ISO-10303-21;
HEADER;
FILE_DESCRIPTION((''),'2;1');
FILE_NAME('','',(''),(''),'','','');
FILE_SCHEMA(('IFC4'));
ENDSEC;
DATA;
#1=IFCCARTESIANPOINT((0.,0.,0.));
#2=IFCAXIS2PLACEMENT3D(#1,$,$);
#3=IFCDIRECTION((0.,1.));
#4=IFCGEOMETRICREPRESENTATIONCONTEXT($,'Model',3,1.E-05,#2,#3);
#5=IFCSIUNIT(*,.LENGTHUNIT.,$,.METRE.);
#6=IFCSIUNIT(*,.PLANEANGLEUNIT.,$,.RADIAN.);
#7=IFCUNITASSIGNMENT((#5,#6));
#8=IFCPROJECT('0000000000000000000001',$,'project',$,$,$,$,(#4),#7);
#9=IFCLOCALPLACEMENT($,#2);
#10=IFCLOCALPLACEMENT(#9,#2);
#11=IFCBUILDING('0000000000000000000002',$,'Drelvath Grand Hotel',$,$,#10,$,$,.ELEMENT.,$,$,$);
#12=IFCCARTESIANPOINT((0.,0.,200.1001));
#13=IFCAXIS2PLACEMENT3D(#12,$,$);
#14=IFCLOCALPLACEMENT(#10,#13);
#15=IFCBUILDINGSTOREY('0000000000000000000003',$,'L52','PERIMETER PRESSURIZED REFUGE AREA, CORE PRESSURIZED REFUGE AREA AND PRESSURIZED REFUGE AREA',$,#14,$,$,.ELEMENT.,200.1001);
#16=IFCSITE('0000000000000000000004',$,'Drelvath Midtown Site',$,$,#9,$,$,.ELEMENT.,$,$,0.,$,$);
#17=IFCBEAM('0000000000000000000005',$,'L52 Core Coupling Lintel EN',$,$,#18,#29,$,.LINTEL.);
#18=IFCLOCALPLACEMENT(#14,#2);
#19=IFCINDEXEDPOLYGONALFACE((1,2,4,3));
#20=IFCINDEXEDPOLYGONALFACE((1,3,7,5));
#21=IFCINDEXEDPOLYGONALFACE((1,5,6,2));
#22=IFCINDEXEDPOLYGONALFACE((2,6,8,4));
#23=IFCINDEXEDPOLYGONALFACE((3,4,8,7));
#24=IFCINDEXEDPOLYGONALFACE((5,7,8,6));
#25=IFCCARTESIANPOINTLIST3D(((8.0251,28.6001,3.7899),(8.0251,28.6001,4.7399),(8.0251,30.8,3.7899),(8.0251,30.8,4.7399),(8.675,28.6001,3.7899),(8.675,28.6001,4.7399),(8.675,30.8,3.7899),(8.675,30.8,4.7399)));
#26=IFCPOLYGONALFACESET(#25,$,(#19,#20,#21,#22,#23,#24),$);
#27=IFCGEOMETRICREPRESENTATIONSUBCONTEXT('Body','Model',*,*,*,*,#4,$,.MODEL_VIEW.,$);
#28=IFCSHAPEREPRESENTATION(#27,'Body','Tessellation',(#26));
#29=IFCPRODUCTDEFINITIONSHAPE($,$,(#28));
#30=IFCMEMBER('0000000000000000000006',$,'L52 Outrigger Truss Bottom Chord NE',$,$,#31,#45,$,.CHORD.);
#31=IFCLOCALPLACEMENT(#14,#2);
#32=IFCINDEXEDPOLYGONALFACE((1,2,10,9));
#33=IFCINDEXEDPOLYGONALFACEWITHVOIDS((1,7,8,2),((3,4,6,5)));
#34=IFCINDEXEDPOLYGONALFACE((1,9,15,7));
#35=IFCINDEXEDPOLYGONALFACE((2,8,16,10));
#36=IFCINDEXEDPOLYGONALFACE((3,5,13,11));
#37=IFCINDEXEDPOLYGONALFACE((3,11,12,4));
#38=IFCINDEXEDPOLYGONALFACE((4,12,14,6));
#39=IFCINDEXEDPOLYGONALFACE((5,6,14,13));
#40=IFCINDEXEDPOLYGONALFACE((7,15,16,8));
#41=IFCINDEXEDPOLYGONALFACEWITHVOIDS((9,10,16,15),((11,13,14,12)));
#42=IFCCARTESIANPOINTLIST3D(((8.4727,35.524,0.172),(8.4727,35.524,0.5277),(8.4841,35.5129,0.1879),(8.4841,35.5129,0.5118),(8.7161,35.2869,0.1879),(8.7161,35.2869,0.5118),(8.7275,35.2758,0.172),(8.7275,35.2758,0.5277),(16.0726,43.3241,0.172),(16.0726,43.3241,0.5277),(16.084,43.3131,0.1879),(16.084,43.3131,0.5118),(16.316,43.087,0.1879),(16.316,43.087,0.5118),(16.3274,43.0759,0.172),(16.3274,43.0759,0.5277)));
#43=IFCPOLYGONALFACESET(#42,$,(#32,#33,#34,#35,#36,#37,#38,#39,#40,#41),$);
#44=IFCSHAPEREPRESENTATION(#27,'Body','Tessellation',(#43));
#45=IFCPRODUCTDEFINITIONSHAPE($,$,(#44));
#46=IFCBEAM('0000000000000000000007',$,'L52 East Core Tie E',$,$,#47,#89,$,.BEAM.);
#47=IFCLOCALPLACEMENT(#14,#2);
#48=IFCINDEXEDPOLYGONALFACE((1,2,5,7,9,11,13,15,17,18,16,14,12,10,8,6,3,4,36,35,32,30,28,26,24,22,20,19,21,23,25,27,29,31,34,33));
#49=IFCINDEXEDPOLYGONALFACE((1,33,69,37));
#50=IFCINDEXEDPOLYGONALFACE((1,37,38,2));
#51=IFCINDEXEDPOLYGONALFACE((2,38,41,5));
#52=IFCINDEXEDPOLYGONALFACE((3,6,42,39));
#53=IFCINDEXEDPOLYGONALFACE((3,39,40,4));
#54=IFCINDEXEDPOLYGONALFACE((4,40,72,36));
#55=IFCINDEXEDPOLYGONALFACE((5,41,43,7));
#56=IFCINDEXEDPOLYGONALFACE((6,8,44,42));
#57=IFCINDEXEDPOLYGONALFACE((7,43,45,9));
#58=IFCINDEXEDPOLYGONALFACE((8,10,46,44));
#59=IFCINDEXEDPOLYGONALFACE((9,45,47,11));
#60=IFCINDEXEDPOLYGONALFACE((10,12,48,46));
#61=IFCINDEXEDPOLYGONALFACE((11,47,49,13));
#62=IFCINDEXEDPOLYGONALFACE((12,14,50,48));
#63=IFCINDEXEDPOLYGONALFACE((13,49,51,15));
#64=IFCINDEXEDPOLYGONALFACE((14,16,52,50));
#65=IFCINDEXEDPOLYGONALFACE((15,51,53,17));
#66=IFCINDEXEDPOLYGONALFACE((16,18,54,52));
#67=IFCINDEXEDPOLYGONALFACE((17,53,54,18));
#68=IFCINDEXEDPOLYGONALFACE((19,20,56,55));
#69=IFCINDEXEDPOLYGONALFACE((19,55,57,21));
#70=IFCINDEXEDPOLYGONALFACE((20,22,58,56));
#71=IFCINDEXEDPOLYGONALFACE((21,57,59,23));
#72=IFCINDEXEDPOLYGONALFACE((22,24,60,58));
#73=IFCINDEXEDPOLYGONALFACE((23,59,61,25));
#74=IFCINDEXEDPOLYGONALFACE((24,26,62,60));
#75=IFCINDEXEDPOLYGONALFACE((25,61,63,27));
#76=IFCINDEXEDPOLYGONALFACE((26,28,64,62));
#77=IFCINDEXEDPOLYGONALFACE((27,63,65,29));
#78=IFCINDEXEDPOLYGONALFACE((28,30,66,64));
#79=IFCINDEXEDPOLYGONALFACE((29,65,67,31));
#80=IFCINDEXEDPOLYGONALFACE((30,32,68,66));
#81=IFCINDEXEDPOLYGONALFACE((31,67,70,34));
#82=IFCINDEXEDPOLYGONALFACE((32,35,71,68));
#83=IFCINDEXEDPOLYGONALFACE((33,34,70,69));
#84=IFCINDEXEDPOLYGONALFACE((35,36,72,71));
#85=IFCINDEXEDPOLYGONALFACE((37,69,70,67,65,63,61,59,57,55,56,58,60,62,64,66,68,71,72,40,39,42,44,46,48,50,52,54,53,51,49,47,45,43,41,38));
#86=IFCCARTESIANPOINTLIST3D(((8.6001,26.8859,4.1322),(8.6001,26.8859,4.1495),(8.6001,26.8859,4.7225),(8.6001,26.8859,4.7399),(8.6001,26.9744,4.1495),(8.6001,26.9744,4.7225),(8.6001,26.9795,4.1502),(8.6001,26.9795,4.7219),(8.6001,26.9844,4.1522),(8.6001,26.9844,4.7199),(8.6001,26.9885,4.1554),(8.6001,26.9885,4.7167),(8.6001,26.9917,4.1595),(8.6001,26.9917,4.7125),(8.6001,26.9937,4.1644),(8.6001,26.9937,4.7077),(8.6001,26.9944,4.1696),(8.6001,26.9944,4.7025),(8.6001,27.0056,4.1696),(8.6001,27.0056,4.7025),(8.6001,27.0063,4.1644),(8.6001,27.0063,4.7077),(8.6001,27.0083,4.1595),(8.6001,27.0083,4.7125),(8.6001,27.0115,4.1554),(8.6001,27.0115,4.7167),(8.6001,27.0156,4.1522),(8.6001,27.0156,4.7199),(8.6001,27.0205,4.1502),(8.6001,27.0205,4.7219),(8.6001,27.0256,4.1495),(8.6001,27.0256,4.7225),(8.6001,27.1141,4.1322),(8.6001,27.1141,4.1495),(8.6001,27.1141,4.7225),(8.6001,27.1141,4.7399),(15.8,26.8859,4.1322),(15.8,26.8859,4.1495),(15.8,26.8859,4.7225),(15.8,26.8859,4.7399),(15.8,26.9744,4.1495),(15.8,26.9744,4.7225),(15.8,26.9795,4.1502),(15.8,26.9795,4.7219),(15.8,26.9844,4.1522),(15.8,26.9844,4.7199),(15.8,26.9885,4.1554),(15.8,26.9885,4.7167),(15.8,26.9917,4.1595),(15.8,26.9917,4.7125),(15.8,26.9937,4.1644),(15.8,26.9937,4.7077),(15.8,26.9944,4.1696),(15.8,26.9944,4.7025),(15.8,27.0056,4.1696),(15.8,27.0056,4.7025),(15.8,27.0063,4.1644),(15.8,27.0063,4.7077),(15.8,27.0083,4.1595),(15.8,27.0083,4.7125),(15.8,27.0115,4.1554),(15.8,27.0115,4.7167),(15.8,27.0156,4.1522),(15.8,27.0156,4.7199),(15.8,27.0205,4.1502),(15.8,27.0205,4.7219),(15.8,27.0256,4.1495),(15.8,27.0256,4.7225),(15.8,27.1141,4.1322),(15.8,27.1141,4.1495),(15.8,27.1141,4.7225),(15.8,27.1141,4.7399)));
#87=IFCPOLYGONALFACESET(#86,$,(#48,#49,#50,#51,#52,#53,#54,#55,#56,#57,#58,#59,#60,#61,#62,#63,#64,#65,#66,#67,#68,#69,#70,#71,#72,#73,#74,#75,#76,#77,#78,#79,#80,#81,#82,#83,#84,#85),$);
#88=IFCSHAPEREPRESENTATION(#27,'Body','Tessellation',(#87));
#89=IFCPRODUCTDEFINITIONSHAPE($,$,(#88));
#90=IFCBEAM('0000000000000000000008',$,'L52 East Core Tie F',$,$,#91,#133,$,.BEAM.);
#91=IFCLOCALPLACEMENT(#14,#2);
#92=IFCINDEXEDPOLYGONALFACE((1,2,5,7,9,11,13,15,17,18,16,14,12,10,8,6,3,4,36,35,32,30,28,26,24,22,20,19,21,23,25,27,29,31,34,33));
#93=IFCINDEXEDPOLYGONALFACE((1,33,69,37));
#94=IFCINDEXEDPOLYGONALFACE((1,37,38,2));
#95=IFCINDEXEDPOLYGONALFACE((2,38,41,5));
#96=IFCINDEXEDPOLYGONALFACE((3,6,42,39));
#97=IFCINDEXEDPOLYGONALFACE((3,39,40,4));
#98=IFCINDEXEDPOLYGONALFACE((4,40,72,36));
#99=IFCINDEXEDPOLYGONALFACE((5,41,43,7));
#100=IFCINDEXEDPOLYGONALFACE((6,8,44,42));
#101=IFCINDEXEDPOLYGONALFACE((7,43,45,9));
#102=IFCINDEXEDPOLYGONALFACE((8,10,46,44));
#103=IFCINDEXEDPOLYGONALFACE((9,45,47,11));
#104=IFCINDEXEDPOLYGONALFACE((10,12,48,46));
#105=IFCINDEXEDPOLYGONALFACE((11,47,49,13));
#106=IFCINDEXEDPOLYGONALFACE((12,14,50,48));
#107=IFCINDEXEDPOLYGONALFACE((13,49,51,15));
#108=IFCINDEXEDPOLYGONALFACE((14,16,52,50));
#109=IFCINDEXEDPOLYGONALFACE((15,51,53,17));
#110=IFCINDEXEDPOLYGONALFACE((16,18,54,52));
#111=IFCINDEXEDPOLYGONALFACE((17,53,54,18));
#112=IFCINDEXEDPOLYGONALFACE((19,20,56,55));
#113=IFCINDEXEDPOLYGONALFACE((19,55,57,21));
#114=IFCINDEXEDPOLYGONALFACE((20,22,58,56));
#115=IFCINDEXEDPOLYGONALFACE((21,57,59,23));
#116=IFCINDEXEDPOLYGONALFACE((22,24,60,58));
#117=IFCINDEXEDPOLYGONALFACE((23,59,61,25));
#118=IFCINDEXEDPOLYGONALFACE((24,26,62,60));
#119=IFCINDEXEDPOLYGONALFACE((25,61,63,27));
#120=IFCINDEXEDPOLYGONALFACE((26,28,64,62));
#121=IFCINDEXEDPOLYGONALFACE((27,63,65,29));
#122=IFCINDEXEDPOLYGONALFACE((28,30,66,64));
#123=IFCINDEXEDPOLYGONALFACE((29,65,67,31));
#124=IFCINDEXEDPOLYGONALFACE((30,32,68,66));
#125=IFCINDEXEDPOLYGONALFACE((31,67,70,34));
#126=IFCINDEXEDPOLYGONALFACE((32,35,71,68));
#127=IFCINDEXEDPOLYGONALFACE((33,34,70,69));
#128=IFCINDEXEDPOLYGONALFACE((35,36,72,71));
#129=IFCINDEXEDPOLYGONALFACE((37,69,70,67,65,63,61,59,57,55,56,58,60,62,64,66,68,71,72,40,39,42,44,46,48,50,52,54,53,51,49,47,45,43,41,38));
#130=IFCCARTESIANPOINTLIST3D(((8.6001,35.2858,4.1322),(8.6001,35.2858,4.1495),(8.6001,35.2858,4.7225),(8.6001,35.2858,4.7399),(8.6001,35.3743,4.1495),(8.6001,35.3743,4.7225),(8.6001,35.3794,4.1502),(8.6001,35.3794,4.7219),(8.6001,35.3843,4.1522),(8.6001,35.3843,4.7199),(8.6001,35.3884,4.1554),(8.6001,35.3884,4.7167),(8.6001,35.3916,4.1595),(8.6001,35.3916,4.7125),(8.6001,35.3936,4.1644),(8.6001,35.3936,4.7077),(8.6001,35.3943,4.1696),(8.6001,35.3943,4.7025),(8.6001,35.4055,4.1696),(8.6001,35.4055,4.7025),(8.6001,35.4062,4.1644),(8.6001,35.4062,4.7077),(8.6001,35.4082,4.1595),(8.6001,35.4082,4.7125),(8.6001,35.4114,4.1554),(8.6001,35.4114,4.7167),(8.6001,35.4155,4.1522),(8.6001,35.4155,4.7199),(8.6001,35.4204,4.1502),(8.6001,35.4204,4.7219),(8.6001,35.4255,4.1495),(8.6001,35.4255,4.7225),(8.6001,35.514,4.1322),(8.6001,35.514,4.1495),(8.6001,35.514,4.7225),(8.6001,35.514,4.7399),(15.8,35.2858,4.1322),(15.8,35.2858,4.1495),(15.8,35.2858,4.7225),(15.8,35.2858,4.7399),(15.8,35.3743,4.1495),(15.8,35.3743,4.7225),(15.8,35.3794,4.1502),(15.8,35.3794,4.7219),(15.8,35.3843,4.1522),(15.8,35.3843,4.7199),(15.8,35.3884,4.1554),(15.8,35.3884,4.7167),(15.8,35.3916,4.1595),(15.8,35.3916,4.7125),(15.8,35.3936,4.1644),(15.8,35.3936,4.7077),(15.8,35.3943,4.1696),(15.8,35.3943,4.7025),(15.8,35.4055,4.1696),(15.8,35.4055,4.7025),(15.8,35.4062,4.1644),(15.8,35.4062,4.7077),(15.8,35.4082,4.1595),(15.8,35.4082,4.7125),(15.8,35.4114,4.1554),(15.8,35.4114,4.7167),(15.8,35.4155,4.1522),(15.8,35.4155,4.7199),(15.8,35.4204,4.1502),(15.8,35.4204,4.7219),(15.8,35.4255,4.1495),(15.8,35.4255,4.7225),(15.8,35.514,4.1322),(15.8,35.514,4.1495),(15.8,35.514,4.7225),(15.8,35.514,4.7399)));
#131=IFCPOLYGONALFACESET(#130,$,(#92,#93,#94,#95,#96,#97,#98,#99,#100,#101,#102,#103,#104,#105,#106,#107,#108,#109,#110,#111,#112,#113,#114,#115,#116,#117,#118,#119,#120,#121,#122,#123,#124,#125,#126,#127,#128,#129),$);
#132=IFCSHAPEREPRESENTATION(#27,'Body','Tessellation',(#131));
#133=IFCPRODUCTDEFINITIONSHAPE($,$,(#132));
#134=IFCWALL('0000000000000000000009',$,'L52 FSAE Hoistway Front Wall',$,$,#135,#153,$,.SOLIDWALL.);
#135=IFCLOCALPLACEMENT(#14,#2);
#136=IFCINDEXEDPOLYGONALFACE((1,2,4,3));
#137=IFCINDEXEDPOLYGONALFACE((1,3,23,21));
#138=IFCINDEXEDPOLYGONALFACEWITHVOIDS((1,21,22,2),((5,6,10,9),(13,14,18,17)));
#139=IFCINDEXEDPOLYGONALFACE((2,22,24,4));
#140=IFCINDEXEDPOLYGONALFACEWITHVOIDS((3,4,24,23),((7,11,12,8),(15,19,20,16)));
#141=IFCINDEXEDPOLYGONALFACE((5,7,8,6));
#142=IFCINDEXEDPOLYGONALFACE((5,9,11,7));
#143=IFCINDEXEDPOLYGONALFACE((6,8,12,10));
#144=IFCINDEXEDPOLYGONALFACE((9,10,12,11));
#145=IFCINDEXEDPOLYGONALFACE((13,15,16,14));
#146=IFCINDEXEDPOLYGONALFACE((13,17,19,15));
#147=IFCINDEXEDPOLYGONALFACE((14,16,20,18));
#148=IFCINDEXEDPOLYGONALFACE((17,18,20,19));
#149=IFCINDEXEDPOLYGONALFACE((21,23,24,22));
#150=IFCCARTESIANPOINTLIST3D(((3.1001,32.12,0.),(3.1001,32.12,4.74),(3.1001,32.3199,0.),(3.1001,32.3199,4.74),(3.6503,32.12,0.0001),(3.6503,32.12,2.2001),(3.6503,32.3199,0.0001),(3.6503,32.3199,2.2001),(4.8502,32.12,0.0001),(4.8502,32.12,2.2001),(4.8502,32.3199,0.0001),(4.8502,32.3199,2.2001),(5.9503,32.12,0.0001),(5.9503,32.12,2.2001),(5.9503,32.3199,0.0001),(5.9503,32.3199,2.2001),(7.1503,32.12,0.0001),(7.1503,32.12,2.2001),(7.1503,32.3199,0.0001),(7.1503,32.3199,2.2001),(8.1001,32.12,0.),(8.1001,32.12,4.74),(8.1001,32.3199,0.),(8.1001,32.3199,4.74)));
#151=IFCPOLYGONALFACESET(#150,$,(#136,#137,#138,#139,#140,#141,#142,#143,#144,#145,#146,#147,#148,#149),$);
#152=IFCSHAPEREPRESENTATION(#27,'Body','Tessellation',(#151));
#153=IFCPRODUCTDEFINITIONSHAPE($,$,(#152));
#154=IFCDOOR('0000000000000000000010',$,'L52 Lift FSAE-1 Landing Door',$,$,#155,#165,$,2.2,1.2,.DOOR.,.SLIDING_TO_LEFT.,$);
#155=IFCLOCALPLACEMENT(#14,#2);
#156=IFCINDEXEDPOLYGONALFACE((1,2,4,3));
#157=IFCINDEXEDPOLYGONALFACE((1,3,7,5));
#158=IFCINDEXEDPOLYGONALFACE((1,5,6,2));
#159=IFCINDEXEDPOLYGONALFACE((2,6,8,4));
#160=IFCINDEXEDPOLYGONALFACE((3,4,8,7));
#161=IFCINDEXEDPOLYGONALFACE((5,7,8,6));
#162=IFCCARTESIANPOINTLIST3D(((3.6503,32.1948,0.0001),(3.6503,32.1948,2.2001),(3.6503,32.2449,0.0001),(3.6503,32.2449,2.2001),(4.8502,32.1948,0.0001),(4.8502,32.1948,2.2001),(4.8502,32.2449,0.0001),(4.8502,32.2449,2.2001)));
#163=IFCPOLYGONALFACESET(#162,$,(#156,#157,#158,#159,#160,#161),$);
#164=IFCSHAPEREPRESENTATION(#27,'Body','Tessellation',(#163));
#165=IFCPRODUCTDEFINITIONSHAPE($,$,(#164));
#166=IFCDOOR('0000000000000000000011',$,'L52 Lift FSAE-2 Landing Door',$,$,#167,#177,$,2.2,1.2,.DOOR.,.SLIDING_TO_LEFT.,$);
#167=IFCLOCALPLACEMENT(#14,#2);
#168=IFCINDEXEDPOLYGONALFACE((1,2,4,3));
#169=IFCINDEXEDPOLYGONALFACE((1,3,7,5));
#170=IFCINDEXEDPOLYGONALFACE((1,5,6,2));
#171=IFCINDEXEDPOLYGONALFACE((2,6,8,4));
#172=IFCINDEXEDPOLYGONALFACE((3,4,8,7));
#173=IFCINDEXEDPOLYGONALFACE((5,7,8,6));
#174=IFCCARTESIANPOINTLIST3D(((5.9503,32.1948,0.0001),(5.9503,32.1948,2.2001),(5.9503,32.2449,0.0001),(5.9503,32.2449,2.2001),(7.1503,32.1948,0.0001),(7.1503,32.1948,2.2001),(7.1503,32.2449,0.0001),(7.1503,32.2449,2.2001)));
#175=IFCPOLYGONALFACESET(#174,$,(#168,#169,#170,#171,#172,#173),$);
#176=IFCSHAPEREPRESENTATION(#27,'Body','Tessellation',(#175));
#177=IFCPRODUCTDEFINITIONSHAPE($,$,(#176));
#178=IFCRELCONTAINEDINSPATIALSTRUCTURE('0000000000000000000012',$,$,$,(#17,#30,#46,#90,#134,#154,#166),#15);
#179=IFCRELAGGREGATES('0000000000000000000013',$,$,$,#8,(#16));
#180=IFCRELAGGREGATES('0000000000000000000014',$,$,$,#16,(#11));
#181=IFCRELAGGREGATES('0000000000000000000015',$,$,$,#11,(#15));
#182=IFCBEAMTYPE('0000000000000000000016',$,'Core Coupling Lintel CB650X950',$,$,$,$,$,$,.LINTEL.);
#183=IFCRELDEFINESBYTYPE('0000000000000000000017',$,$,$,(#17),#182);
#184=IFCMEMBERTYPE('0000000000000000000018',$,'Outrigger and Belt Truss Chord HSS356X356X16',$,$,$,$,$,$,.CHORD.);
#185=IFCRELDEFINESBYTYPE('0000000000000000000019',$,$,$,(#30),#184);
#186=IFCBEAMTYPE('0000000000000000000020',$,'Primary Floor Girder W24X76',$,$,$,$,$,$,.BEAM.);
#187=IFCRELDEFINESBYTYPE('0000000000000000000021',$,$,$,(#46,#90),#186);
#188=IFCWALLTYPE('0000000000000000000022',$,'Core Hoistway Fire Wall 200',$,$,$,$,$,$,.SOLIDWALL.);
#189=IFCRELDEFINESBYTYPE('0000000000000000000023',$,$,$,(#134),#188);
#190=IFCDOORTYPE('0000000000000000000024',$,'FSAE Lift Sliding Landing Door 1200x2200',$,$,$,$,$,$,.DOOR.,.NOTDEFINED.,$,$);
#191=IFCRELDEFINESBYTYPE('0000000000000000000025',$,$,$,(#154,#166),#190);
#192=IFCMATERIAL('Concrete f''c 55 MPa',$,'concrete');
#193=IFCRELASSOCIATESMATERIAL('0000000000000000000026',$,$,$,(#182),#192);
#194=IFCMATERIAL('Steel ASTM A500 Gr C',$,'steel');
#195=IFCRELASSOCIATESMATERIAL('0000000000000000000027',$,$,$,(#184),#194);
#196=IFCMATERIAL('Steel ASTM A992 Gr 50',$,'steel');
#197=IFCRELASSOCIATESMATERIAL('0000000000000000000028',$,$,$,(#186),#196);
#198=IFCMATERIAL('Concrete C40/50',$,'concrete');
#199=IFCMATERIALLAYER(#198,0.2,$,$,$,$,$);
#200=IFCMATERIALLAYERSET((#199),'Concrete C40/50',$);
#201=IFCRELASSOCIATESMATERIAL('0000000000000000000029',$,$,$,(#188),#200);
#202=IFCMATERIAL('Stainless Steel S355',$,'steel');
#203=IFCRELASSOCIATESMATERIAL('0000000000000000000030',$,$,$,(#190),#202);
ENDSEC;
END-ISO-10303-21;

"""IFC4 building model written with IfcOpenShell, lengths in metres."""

from ifc_helpers import new_model, si_unit, direction, frame, frame_2d, origin, origin_2d, place, context, subcontext, project, spatial, rectangle, hollow_rectangle, i_section, extrude, material, layer, layer_set, material_profile, profile_set, type_object, element, fill, save


model = new_model("IFC4")

# Units and contexts
model_context = context("Model", 3, precision=1e-05, world=origin(), true_north=direction((0.0, 1.0)))
body_context = subcontext(model_context, "Body", "Model", "MODEL_VIEW")
ifc_project = project(units=[si_unit("LENGTHUNIT", "METRE"), si_unit("PLANEANGLEUNIT", "RADIAN")], contexts=[model_context])

# Site, building, storey
site_placement = place(None, origin())
site = spatial("IfcSite", under=ifc_project, at=site_placement, Name="Drelvath Midtown Site", CompositionType="ELEMENT", RefElevation=0.0)
building_placement = place(site_placement, origin())
building = spatial("IfcBuilding", under=site, at=building_placement, Name="Drelvath Grand Hotel", CompositionType="ELEMENT")
storey_placement = place(building_placement, frame((0.0, 0.0, 200.1001)))
storey = spatial("IfcBuildingStorey", under=building, at=storey_placement, Name="L52", Description="PERIMETER PRESSURIZED REFUGE AREA, CORE PRESSURIZED REFUGE AREA AND PRESSURIZED REFUGE AREA", CompositionType="ELEMENT", Elevation=200.1001)

# Beam
ifc_material_1 = material(Name="Concrete f'c 55 MPa", Category="concrete")
ifc_material_profile_1 = material_profile(ifc_material_1, rectangle(XDim=0.6499, YDim=0.95, at=origin_2d()), Name="CB650X950")
ifc_profile_set_1 = profile_set([ifc_material_profile_1], Name="Concrete f'c 55 MPa")
beam_type_1 = type_object("IfcBeamType", Name="Core Coupling Lintel CB650X950", PredefinedType="LINTEL", material=ifc_profile_set_1)
beam_placement = place(storey_placement, frame((8.3501, 28.6001, 4.2649), z_axis=(0.0, 1.0, 0.0), x_axis=(-1.0, 0.0, 0.0)))
element("IfcBeam", 1, at=beam_placement, inside=storey, type_object=beam_type_1, Name="L52 Core Coupling Lintel EN", PredefinedType="LINTEL", context=body_context, shape_type="SweptSolid", body=[
    extrude(rectangle(XDim=0.6499, YDim=0.95, at=origin_2d()), origin(), (0.0, 0.0, 1.0), 2.2),
])

# Member
ifc_material_2 = material(Name="Steel ASTM A500 Gr C", Category="steel")
ifc_material_profile_2 = material_profile(ifc_material_2, hollow_rectangle(XDim=0.3557, YDim=0.3557, WallThickness=0.0159, at=origin_2d()), Name="HSS356X356X16")
ifc_profile_set_2 = profile_set([ifc_material_profile_2], Name="Steel ASTM A500 Gr C")
member_type = type_object("IfcMemberType", Name="Outrigger and Belt Truss Chord HSS356X356X16", PredefinedType="CHORD", material=ifc_profile_set_2)
member_placement = place(storey_placement, frame((8.6001, 35.3999, 0.3499), z_axis=(0.697856, 0.716238, 0.0), x_axis=(-0.716238, 0.697856, 0.0)))
element("IfcMember", 2, at=member_placement, inside=storey, type_object=member_type, Name="L52 Outrigger Truss Bottom Chord NE", PredefinedType="CHORD", context=body_context, shape_type="SweptSolid", body=[
    extrude(hollow_rectangle(XDim=0.3557, YDim=0.3557, WallThickness=0.0159, at=origin_2d()), origin(), (0.0, 0.0, 1.0), 10.8904),
])

# Beams
ifc_material_3 = material(Name="Steel ASTM A992 Gr 50", Category="steel")
ifc_material_profile_3 = material_profile(ifc_material_3, i_section(OverallWidth=0.2283, OverallDepth=0.6077, WebThickness=0.0112, FlangeThickness=0.0173, FilletRadius=0.02, at=origin_2d()), Name="W24X76")
ifc_profile_set_3 = profile_set([ifc_material_profile_3], Name="Steel ASTM A992 Gr 50")
beam_type_2 = type_object("IfcBeamType", Name="Primary Floor Girder W24X76", PredefinedType="BEAM", material=ifc_profile_set_3)
for number, where, z_axis, x_axis, name in (
    (3, (8.6001, 27.0, 4.436), (1.0, 0.0, 0.0), (0.0, 1.0, 0.0), "L52 East Core Tie E"),
    (4, (8.6001, 35.3999, 4.436), (1.0, 0.0, 0.0), (0.0, 1.0, 0.0), "L52 East Core Tie F"),
):
    element("IfcBeam", number, at=place(storey_placement, frame(where, z_axis=z_axis, x_axis=x_axis)), inside=storey, type_object=beam_type_2, Name=name, PredefinedType="BEAM", context=body_context, shape_type="SweptSolid", body=[
        extrude(i_section(OverallWidth=0.2283, OverallDepth=0.6077, WebThickness=0.0112, FlangeThickness=0.0173, FilletRadius=0.02, at=origin_2d()), origin(), (0.0, 0.0, 1.0), 7.2),
    ])

# Wall, openings, doors
ifc_material_4 = material(Name="Concrete C40/50", Category="concrete")
ifc_layer_1 = layer(ifc_material_4, 0.2)
ifc_layer_set_1 = layer_set([ifc_layer_1], Name="Concrete C40/50")
wall_type_1 = type_object("IfcWallType", Name="Core Hoistway Fire Wall 200", PredefinedType="SOLIDWALL", material=ifc_layer_set_1)
wall_1_placement = place(storey_placement, frame((3.1001, 32.22, 0.0), z_axis=(0.0, 0.0, 1.0), x_axis=(1.0, 0.0, 0.0)))
wall_1 = element("IfcWall", 5, at=wall_1_placement, inside=storey, type_object=wall_type_1, Name="L52 FSAE Hoistway Front Wall", PredefinedType="SOLIDWALL", context=body_context, shape_type="SweptSolid", body=[
    extrude(rectangle(XDim=5.0, YDim=0.2, at=frame_2d((2.5, 0.0))), origin(), (0.0, 0.0, 1.0), 4.74),
])
opening_1_placement = place(wall_1_placement, frame((0.55, 0.0, 0.0)))
opening_1 = element("IfcOpeningElement", 6, at=opening_1_placement, cuts=wall_1, PredefinedType="OPENING", context=body_context, shape_type="SweptSolid", body=[
    extrude(rectangle(XDim=1.2, YDim=2.2, at=frame_2d((0.6001, 1.1001))), frame((0.0, 0.1099, 0.0), z_axis=(0.0, -1.0, 0.0), x_axis=(1.0, 0.0, 0.0)), (0.0, 0.0, 1.0), 0.22),
])
opening_2_placement = place(wall_1_placement, frame((2.8501, 0.0, 0.0)))
opening_2 = element("IfcOpeningElement", 7, at=opening_2_placement, cuts=wall_1, PredefinedType="OPENING", context=body_context, shape_type="SweptSolid", body=[
    extrude(rectangle(XDim=1.2, YDim=2.2, at=frame_2d((0.6001, 1.1001))), frame((0.0, 0.1099, 0.0), z_axis=(0.0, -1.0, 0.0), x_axis=(1.0, 0.0, 0.0)), (0.0, 0.0, 1.0), 0.22),
])
ifc_material_5 = material(Name="Stainless Steel S355", Category="steel")
door_type_1 = type_object("IfcDoorType", Name="FSAE Lift Sliding Landing Door 1200x2200", OperationType="NOTDEFINED", PredefinedType="DOOR", material=ifc_material_5)
door_1_placement = place(opening_1_placement, origin())
door_1 = element("IfcDoor", 8, at=door_1_placement, inside=storey, type_object=door_type_1, Name="L52 Lift FSAE-1 Landing Door", OperationType="SLIDING_TO_LEFT", OverallHeight=2.2, OverallWidth=1.2, PredefinedType="DOOR", context=body_context, shape_type="SweptSolid", body=[
    extrude(rectangle(XDim=1.2, YDim=2.2, at=frame_2d((0.6001, 1.1001))), frame((0.0, 0.0249, 0.0), z_axis=(0.0, -1.0, 0.0), x_axis=(1.0, 0.0, 0.0)), (0.0, 0.0, 1.0), 0.05),
])
fill(opening_1, door_1)
door_2_placement = place(opening_2_placement, origin())
door_2 = element("IfcDoor", 9, at=door_2_placement, inside=storey, type_object=door_type_1, Name="L52 Lift FSAE-2 Landing Door", OperationType="SLIDING_TO_LEFT", OverallHeight=2.2, OverallWidth=1.2, PredefinedType="DOOR", context=body_context, shape_type="SweptSolid", body=[
    extrude(rectangle(XDim=1.2, YDim=2.2, at=frame_2d((0.6001, 1.1001))), frame((0.0, 0.0249, 0.0), z_axis=(0.0, -1.0, 0.0), x_axis=(1.0, 0.0, 0.0)), (0.0, 0.0, 1.0), 0.05),
])
fill(opening_2, door_2)

save(model, "model.ifc")
